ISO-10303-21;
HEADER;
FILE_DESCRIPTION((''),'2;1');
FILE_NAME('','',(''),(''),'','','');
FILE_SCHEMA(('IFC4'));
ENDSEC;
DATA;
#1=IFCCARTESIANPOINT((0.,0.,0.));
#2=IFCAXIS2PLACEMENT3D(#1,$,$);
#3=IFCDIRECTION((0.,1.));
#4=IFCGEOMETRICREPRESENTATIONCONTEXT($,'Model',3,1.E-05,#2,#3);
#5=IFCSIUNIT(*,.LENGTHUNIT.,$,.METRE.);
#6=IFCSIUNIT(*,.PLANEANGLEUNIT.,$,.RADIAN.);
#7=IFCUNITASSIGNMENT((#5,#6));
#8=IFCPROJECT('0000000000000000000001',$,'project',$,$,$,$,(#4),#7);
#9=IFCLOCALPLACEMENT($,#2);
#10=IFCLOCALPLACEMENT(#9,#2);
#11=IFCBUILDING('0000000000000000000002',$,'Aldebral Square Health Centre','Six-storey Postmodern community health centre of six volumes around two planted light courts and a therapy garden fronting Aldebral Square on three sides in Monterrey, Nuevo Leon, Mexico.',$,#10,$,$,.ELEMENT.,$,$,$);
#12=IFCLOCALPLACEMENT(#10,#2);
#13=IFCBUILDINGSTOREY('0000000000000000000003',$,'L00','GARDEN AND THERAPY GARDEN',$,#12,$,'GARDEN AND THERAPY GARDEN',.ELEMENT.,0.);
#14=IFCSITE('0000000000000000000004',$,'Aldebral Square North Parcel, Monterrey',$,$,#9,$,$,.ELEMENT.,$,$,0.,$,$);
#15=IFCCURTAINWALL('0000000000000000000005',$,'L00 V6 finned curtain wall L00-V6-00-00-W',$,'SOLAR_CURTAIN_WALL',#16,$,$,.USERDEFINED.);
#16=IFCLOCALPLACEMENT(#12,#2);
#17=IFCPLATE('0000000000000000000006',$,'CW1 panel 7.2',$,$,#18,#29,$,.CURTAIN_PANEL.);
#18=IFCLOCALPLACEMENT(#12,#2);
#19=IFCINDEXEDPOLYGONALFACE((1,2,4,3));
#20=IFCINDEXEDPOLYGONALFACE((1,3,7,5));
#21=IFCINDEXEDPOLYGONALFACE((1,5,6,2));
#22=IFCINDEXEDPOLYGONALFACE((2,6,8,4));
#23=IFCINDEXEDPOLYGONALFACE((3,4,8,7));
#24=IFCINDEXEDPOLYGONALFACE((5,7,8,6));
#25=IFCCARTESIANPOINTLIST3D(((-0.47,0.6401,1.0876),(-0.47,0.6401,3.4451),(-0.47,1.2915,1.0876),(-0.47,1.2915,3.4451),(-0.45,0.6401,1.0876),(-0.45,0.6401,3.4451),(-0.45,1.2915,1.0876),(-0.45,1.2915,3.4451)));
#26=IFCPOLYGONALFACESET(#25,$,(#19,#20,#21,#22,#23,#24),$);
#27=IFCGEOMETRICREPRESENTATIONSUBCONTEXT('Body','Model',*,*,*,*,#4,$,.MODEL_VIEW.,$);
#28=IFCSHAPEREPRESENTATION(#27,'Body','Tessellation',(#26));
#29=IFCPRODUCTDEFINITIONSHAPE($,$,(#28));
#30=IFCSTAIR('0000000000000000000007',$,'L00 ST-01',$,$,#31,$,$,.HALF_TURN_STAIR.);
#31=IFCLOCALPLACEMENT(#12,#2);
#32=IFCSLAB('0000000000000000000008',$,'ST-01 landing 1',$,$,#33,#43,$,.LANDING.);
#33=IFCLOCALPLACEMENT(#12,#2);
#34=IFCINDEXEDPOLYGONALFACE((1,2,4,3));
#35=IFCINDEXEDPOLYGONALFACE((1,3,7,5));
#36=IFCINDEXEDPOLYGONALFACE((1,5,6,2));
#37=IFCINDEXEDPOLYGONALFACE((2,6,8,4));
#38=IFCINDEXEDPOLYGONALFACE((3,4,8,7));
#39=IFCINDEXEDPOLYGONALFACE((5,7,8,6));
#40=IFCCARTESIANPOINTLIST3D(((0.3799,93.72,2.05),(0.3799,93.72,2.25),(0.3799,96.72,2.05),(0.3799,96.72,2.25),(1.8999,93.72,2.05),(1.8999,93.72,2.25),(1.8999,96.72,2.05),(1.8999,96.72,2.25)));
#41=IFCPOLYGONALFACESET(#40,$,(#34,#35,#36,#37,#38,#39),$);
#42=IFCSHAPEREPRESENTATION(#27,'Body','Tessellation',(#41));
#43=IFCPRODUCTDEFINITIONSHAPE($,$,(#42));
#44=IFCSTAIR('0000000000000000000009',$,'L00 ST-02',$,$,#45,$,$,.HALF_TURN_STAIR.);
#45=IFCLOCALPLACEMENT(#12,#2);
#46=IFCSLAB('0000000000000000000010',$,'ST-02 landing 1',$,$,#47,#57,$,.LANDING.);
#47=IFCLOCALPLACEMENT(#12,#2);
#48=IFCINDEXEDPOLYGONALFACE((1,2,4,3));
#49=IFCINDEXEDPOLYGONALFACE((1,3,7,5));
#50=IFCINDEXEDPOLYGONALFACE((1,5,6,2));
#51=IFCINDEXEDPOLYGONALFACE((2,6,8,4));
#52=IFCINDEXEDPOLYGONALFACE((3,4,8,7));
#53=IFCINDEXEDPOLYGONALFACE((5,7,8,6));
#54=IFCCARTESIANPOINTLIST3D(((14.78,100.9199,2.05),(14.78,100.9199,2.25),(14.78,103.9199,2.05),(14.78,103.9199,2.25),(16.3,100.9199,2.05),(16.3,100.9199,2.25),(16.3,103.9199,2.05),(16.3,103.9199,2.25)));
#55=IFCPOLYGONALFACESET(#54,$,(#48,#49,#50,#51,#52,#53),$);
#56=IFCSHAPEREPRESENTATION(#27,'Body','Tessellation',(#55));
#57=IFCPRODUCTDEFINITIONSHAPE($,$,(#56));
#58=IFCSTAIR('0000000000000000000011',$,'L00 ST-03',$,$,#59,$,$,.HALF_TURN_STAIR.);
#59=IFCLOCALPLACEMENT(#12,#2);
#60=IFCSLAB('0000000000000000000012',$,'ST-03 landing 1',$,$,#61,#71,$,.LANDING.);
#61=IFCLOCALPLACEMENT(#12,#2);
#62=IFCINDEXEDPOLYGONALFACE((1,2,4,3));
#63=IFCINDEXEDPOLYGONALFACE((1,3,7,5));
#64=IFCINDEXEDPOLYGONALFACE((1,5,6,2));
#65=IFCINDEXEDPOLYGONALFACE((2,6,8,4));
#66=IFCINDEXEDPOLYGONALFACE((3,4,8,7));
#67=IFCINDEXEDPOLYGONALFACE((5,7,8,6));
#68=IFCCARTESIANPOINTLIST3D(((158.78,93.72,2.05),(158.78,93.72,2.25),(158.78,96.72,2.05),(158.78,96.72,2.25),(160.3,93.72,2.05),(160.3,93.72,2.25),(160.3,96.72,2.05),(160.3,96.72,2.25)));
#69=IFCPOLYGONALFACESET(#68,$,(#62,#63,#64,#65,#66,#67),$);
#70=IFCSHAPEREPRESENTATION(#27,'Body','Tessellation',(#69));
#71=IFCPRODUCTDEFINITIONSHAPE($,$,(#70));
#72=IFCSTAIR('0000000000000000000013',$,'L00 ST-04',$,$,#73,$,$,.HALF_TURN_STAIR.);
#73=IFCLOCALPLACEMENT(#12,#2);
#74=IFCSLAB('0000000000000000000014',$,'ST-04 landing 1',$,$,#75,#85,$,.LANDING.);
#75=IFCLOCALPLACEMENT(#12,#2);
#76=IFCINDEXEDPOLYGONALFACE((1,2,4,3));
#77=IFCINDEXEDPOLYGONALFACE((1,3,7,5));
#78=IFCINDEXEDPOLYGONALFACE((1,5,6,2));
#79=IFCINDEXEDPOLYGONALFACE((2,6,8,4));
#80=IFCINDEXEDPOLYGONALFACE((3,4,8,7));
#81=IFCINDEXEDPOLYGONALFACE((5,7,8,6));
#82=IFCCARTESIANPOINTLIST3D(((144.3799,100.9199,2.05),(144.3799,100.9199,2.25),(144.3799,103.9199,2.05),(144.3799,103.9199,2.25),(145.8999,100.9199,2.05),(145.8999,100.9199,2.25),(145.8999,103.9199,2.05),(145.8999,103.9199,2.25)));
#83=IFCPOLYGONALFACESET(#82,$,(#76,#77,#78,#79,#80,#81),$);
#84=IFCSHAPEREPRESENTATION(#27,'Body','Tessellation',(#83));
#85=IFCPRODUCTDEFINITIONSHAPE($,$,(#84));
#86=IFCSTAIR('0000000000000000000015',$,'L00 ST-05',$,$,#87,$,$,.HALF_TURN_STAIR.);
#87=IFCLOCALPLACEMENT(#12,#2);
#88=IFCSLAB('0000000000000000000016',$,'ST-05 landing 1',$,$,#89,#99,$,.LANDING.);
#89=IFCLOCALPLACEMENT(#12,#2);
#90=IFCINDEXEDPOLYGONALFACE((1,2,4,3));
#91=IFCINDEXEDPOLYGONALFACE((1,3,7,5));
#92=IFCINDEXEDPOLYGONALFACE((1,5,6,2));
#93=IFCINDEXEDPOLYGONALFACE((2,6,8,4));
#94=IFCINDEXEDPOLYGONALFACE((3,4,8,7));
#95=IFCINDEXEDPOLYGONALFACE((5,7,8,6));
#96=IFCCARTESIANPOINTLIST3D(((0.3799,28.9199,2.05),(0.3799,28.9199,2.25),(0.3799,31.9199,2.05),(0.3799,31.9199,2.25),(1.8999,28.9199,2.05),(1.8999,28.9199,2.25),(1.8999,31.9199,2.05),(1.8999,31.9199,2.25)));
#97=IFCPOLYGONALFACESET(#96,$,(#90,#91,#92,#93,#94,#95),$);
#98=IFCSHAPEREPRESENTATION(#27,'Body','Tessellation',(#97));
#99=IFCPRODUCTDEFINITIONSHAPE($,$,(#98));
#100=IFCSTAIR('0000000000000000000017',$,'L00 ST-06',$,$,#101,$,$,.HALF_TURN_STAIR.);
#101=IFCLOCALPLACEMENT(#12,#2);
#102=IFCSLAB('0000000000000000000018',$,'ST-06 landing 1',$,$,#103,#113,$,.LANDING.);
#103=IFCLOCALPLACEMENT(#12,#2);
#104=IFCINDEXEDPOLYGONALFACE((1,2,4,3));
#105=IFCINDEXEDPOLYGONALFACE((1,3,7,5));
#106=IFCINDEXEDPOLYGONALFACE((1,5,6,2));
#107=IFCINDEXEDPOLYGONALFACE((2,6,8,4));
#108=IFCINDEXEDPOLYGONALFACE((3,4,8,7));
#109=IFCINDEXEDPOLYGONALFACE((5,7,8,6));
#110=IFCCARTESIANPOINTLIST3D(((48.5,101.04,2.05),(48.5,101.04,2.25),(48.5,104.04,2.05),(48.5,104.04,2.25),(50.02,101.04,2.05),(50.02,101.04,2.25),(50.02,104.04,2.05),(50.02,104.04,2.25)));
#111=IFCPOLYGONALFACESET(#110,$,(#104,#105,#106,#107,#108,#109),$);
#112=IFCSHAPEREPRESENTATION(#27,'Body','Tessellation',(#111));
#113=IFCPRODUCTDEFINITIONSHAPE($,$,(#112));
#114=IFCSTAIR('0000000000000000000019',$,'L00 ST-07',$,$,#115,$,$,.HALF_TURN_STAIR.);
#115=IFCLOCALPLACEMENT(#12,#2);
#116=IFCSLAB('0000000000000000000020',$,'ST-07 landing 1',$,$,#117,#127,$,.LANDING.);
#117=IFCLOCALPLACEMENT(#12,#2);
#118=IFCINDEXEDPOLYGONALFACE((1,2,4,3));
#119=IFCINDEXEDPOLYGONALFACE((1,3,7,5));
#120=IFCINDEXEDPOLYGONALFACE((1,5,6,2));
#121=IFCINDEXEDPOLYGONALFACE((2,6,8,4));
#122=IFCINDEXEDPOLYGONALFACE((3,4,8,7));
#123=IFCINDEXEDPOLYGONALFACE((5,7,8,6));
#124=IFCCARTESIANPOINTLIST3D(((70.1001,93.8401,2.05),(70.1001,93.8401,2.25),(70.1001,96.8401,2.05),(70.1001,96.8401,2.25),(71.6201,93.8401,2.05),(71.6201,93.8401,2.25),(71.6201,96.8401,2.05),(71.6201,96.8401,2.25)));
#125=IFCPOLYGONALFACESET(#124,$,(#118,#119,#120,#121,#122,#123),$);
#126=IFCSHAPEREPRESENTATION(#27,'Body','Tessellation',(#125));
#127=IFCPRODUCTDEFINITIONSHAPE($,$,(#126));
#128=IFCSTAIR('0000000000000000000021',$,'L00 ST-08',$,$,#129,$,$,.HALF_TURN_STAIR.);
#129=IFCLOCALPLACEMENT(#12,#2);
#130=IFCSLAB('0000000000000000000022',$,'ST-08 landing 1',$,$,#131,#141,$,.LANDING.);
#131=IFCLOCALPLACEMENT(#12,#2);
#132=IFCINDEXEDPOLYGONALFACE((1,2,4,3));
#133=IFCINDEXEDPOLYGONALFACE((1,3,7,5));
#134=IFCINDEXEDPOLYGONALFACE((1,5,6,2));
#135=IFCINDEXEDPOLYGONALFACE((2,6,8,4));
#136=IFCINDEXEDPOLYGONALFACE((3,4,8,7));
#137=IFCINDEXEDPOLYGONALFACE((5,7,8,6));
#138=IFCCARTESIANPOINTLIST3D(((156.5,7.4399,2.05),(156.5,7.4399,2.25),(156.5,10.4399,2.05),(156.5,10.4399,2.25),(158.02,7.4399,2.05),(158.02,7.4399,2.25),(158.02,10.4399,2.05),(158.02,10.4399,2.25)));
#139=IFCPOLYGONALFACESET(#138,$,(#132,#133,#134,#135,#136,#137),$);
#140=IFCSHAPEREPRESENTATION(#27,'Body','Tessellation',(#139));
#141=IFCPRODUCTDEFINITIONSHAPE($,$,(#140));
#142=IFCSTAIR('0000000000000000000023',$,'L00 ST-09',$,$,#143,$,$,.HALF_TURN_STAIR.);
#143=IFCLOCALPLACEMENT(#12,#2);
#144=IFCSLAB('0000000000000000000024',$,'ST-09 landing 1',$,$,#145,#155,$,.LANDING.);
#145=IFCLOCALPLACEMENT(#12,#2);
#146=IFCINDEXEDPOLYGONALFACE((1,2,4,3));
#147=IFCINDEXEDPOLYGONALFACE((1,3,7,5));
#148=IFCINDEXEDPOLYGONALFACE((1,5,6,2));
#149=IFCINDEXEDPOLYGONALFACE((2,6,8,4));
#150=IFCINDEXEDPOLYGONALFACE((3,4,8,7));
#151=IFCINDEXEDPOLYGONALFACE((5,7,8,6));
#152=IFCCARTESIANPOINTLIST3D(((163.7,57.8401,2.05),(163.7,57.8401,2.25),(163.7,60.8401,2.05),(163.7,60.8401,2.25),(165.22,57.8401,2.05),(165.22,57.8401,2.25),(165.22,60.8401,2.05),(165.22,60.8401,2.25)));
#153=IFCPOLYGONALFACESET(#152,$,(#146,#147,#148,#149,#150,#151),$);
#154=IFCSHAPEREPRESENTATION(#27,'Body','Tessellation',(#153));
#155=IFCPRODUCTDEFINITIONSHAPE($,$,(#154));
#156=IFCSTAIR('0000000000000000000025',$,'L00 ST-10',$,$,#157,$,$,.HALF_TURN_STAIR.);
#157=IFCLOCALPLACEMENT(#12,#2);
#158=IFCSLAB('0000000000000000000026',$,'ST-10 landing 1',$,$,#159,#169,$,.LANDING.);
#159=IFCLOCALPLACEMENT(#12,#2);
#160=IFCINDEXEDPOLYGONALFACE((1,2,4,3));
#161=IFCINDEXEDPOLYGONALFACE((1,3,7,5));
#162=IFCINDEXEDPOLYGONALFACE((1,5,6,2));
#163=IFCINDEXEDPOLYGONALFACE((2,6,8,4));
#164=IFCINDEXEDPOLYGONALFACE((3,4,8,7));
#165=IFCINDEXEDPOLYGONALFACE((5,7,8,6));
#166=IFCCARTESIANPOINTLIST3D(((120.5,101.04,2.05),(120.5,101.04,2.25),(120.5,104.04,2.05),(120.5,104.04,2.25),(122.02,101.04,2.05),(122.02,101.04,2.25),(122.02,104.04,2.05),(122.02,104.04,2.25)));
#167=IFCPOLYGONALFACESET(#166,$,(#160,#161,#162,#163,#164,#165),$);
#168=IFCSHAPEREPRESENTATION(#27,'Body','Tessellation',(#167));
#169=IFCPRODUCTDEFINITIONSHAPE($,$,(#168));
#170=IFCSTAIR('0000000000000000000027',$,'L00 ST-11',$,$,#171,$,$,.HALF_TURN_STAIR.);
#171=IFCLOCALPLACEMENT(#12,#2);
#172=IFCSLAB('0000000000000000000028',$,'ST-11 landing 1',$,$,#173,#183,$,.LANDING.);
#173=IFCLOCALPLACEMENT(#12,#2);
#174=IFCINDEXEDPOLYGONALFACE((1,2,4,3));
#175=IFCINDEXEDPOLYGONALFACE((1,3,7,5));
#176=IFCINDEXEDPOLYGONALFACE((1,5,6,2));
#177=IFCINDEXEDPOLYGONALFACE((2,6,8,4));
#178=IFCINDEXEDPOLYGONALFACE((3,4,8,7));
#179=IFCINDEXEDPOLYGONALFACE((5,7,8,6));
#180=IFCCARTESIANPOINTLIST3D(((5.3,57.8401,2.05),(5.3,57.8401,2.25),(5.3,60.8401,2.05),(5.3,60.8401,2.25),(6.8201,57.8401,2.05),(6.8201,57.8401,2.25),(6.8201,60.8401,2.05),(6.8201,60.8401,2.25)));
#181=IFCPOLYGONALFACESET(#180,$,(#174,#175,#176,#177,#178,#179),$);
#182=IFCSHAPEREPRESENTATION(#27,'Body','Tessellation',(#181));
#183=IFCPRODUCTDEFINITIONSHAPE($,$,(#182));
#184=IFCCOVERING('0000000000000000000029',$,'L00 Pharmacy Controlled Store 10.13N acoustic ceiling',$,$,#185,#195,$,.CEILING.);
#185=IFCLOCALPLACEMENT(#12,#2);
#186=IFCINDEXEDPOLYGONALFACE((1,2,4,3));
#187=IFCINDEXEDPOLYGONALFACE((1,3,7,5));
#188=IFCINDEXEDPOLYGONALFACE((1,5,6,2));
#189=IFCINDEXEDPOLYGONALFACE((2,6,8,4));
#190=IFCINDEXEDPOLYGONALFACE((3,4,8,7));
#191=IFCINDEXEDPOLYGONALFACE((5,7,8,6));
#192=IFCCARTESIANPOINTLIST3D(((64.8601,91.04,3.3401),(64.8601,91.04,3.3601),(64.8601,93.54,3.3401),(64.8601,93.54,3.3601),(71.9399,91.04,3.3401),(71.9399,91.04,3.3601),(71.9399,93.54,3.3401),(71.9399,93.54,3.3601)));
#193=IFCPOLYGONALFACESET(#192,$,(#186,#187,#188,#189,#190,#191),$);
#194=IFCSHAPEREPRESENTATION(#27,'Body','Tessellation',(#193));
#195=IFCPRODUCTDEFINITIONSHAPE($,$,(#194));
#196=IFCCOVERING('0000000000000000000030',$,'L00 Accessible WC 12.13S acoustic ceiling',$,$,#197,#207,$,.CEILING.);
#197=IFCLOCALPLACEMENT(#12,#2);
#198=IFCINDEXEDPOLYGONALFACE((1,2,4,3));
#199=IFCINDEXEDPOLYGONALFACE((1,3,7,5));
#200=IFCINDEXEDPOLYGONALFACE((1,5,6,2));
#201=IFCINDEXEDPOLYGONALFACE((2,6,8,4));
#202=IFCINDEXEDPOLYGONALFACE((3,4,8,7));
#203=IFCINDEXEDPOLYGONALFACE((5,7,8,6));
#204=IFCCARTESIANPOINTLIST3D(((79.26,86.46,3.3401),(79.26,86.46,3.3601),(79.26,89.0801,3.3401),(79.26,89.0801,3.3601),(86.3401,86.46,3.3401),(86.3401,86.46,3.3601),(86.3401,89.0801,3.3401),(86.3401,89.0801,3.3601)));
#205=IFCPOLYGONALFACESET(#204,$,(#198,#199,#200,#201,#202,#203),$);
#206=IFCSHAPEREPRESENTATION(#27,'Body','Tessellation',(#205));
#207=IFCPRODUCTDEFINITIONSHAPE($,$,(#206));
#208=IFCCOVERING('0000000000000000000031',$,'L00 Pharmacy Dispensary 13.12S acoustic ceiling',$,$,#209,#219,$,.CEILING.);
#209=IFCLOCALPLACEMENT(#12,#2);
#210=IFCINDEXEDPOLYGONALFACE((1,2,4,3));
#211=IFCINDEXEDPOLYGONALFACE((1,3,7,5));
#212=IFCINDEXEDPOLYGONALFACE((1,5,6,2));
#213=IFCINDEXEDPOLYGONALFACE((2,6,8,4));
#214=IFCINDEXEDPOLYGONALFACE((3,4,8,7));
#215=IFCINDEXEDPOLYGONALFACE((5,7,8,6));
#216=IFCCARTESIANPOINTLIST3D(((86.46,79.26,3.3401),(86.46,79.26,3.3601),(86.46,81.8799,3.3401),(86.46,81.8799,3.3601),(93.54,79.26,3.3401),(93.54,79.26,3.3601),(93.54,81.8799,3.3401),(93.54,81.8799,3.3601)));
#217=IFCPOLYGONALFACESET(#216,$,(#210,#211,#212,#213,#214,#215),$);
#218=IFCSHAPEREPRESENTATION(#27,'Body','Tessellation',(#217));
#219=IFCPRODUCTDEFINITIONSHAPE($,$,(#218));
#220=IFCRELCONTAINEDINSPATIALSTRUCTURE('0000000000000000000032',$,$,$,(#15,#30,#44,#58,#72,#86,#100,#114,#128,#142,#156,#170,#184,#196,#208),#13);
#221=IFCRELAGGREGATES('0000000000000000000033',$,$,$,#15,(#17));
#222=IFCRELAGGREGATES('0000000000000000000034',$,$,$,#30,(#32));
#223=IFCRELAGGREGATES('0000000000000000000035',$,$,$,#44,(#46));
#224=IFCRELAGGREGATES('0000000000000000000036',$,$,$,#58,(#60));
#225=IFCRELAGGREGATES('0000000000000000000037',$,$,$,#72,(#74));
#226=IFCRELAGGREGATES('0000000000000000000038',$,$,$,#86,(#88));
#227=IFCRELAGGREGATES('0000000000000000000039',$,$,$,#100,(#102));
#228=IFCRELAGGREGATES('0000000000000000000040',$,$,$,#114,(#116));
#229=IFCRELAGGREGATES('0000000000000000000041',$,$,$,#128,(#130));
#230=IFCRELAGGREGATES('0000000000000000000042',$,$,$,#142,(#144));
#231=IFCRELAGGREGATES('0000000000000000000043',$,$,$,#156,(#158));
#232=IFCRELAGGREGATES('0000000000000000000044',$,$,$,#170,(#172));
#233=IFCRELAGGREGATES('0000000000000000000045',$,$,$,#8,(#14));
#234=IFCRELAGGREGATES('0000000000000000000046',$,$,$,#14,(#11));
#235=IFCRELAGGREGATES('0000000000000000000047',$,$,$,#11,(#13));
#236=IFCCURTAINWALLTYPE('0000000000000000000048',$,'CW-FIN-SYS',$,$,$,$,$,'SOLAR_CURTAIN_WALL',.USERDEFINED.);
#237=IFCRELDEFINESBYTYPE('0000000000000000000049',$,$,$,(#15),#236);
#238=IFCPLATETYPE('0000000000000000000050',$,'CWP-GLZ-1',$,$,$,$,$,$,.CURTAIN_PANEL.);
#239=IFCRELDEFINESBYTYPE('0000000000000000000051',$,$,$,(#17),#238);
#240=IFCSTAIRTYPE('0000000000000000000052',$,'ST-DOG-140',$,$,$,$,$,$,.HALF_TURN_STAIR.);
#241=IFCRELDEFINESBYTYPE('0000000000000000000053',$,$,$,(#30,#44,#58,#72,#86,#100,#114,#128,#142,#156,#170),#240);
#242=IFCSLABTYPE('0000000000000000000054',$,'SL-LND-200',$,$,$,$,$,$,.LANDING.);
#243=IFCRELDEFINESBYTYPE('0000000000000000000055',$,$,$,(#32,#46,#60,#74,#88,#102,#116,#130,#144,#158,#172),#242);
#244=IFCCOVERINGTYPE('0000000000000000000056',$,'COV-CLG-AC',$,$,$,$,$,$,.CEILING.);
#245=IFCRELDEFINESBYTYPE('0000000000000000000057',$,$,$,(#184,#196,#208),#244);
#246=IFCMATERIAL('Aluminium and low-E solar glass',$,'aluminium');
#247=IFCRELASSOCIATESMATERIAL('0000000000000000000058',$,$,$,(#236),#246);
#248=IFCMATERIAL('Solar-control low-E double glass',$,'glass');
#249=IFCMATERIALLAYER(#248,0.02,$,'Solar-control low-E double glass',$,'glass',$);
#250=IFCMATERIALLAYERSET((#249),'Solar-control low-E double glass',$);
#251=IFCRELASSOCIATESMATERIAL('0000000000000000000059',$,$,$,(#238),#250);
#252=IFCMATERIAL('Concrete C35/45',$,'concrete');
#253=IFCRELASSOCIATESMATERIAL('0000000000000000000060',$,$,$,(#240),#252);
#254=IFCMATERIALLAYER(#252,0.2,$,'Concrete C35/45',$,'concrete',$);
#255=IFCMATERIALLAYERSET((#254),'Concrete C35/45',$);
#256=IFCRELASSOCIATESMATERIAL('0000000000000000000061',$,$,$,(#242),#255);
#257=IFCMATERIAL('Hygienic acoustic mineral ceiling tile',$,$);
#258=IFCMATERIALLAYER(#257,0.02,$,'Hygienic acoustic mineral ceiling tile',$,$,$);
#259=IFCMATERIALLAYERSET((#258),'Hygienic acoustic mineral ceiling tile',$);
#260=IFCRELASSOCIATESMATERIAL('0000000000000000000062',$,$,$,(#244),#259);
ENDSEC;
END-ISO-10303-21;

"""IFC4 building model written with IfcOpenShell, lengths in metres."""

from ifc_helpers import new_model, si_unit, direction, frame, origin, origin_2d, place, context, subcontext, project, spatial, polyline, rectangle, outline, extrude, material, layer, layer_set, type_object, element, aggregate, save


model = new_model("IFC4")

# Units and contexts
model_context = context("Model", 3, precision=1e-05, world=origin(), true_north=direction((0.0, 1.0)))
body_context = subcontext(model_context, "Body", "Model", "MODEL_VIEW")
ifc_project = project(units=[si_unit("LENGTHUNIT", "METRE"), si_unit("PLANEANGLEUNIT", "RADIAN")], contexts=[model_context])

# Site, building, storey
site_placement = place(None, origin())
site = spatial("IfcSite", under=ifc_project, at=site_placement, Name="Aldebral Square North Parcel, Monterrey", CompositionType="ELEMENT", RefElevation=0.0)
building_placement = place(site_placement, origin())
building = spatial("IfcBuilding", under=site, at=building_placement, Name="Aldebral Square Health Centre", Description="Six-storey Postmodern community health centre of six volumes around two planted light courts and a therapy garden fronting Aldebral Square on three sides in Monterrey, Nuevo Leon, Mexico.", CompositionType="ELEMENT")
storey_placement = place(building_placement, origin())
storey = spatial("IfcBuildingStorey", under=building, at=storey_placement, Name="L00", Description="GARDEN AND THERAPY GARDEN", LongName="GARDEN AND THERAPY GARDEN", CompositionType="ELEMENT", Elevation=0.0)

# Curtain wall, plate
ifc_material_1 = material(Name="Aluminium and low-E solar glass", Category="aluminium")
curtain_wall_type = type_object("IfcCurtainWallType", Name="CW-FIN-SYS", ElementType="SOLAR_CURTAIN_WALL", PredefinedType="USERDEFINED", material=ifc_material_1)
curtain_wall_placement = place(storey_placement, origin())
curtain_wall = element("IfcCurtainWall", 1, at=curtain_wall_placement, inside=storey, type_object=curtain_wall_type, Name="L00 V6 finned curtain wall L00-V6-00-00-W", ObjectType="SOLAR_CURTAIN_WALL", PredefinedType="USERDEFINED")
ifc_material_2 = material(Name="Solar-control low-E double glass", Category="glass")
ifc_layer_1 = layer(ifc_material_2, 0.02, Name="Solar-control low-E double glass", Category="glass")
ifc_layer_set_1 = layer_set([ifc_layer_1], Name="Solar-control low-E double glass")
plate_type = type_object("IfcPlateType", Name="CWP-GLZ-1", PredefinedType="CURTAIN_PANEL", material=ifc_layer_set_1)
plate_1_placement = place(storey_placement, frame((-0.46, 0.9658, 1.0876), z_axis=(0.0, 0.0, 1.0), x_axis=(0.0, -1.0, 0.0)))
plate_1 = element("IfcPlate", 2, at=plate_1_placement, type_object=plate_type, Name="CW1 panel 7.2", PredefinedType="CURTAIN_PANEL", context=body_context, shape_type="SweptSolid", body=[
    extrude(rectangle(XDim=0.6514, YDim=0.02, at=origin_2d()), origin(), (0.0, 0.0, 1.0), 2.3574),
])
aggregate(curtain_wall, [plate_1])

# Stairs, slabs
ifc_material_3 = material(Name="Concrete C35/45", Category="concrete")
stair_type = type_object("IfcStairType", Name="ST-DOG-140", PredefinedType="HALF_TURN_STAIR", material=ifc_material_3)
stair_1_placement = place(storey_placement, origin())
stair_1 = element("IfcStair", 3, at=stair_1_placement, inside=storey, type_object=stair_type, Name="L00 ST-01", PredefinedType="HALF_TURN_STAIR")
ifc_layer_2 = layer(ifc_material_3, 0.2, Name="Concrete C35/45", Category="concrete")
ifc_layer_set_2 = layer_set([ifc_layer_2], Name="Concrete C35/45")
slab_type = type_object("IfcSlabType", Name="SL-LND-200", PredefinedType="LANDING", material=ifc_layer_set_2)
slab_1_placement = place(storey_placement, frame((0.0, 0.0, 2.05)))
slab_1 = element("IfcSlab", 4, at=slab_1_placement, type_object=slab_type, Name="ST-01 landing 1", PredefinedType="LANDING", context=body_context, shape_type="SweptSolid", body=[
    extrude(outline(polyline([(1.8999, 96.72), (0.3799, 96.72), (0.3799, 93.72), (1.8999, 93.72), (1.8999, 96.72)])), origin(), (0.0, 0.0, 1.0), 0.2),
])
aggregate(stair_1, [slab_1])
stair_2_placement = place(storey_placement, origin())
stair_2 = element("IfcStair", 5, at=stair_2_placement, inside=storey, type_object=stair_type, Name="L00 ST-02", PredefinedType="HALF_TURN_STAIR")
slab_2_placement = place(storey_placement, frame((0.0, 0.0, 2.05)))
slab_2 = element("IfcSlab", 6, at=slab_2_placement, type_object=slab_type, Name="ST-02 landing 1", PredefinedType="LANDING", context=body_context, shape_type="SweptSolid", body=[
    extrude(outline(polyline([(16.3, 103.9199), (14.78, 103.9199), (14.78, 100.9199), (16.3, 100.9199), (16.3, 103.9199)])), origin(), (0.0, 0.0, 1.0), 0.2),
])
aggregate(stair_2, [slab_2])
stair_3_placement = place(storey_placement, origin())
stair_3 = element("IfcStair", 7, at=stair_3_placement, inside=storey, type_object=stair_type, Name="L00 ST-03", PredefinedType="HALF_TURN_STAIR")
slab_3_placement = place(storey_placement, frame((0.0, 0.0, 2.05)))
slab_3 = element("IfcSlab", 8, at=slab_3_placement, type_object=slab_type, Name="ST-03 landing 1", PredefinedType="LANDING", context=body_context, shape_type="SweptSolid", body=[
    extrude(outline(polyline([(160.3, 96.72), (158.78, 96.72), (158.78, 93.72), (160.3, 93.72), (160.3, 96.72)])), origin(), (0.0, 0.0, 1.0), 0.2),
])
aggregate(stair_3, [slab_3])
stair_4_placement = place(storey_placement, origin())
stair_4 = element("IfcStair", 9, at=stair_4_placement, inside=storey, type_object=stair_type, Name="L00 ST-04", PredefinedType="HALF_TURN_STAIR")
slab_4_placement = place(storey_placement, frame((0.0, 0.0, 2.05)))
slab_4 = element("IfcSlab", 10, at=slab_4_placement, type_object=slab_type, Name="ST-04 landing 1", PredefinedType="LANDING", context=body_context, shape_type="SweptSolid", body=[
    extrude(outline(polyline([(145.8999, 103.9199), (144.3799, 103.9199), (144.3799, 100.9199), (145.8999, 100.9199), (145.8999, 103.9199)])), origin(), (0.0, 0.0, 1.0), 0.2),
])
aggregate(stair_4, [slab_4])
stair_5_placement = place(storey_placement, origin())
stair_5 = element("IfcStair", 11, at=stair_5_placement, inside=storey, type_object=stair_type, Name="L00 ST-05", PredefinedType="HALF_TURN_STAIR")
slab_5_placement = place(storey_placement, frame((0.0, 0.0, 2.05)))
slab_5 = element("IfcSlab", 12, at=slab_5_placement, type_object=slab_type, Name="ST-05 landing 1", PredefinedType="LANDING", context=body_context, shape_type="SweptSolid", body=[
    extrude(outline(polyline([(1.8999, 31.9199), (0.3799, 31.9199), (0.3799, 28.9199), (1.8999, 28.9199), (1.8999, 31.9199)])), origin(), (0.0, 0.0, 1.0), 0.2),
])
aggregate(stair_5, [slab_5])
stair_6_placement = place(storey_placement, origin())
stair_6 = element("IfcStair", 13, at=stair_6_placement, inside=storey, type_object=stair_type, Name="L00 ST-06", PredefinedType="HALF_TURN_STAIR")
slab_6_placement = place(storey_placement, frame((0.0, 0.0, 2.05)))
slab_6 = element("IfcSlab", 14, at=slab_6_placement, type_object=slab_type, Name="ST-06 landing 1", PredefinedType="LANDING", context=body_context, shape_type="SweptSolid", body=[
    extrude(outline(polyline([(48.5, 101.04), (50.02, 101.04), (50.02, 104.04), (48.5, 104.04), (48.5, 101.04)])), origin(), (0.0, 0.0, 1.0), 0.2),
])
aggregate(stair_6, [slab_6])
stair_7_placement = place(storey_placement, origin())
stair_7 = element("IfcStair", 15, at=stair_7_placement, inside=storey, type_object=stair_type, Name="L00 ST-07", PredefinedType="HALF_TURN_STAIR")
slab_7_placement = place(storey_placement, frame((0.0, 0.0, 2.05)))
slab_7 = element("IfcSlab", 16, at=slab_7_placement, type_object=slab_type, Name="ST-07 landing 1", PredefinedType="LANDING", context=body_context, shape_type="SweptSolid", body=[
    extrude(outline(polyline([(70.1001, 93.8401), (71.6201, 93.8401), (71.6201, 96.8401), (70.1001, 96.8401), (70.1001, 93.8401)])), origin(), (0.0, 0.0, 1.0), 0.2),
])
aggregate(stair_7, [slab_7])
stair_8_placement = place(storey_placement, origin())
stair_8 = element("IfcStair", 17, at=stair_8_placement, inside=storey, type_object=stair_type, Name="L00 ST-08", PredefinedType="HALF_TURN_STAIR")
slab_8_placement = place(storey_placement, frame((0.0, 0.0, 2.05)))
slab_8 = element("IfcSlab", 18, at=slab_8_placement, type_object=slab_type, Name="ST-08 landing 1", PredefinedType="LANDING", context=body_context, shape_type="SweptSolid", body=[
    extrude(outline(polyline([(156.5, 7.4399), (158.02, 7.4399), (158.02, 10.4399), (156.5, 10.4399), (156.5, 7.4399)])), origin(), (0.0, 0.0, 1.0), 0.2),
])
aggregate(stair_8, [slab_8])
stair_9_placement = place(storey_placement, origin())
stair_9 = element("IfcStair", 19, at=stair_9_placement, inside=storey, type_object=stair_type, Name="L00 ST-09", PredefinedType="HALF_TURN_STAIR")
slab_9_placement = place(storey_placement, frame((0.0, 0.0, 2.05)))
slab_9 = element("IfcSlab", 20, at=slab_9_placement, type_object=slab_type, Name="ST-09 landing 1", PredefinedType="LANDING", context=body_context, shape_type="SweptSolid", body=[
    extrude(outline(polyline([(163.7, 57.8401), (165.22, 57.8401), (165.22, 60.8401), (163.7, 60.8401), (163.7, 57.8401)])), origin(), (0.0, 0.0, 1.0), 0.2),
])
aggregate(stair_9, [slab_9])
stair_10_placement = place(storey_placement, origin())
stair_10 = element("IfcStair", 21, at=stair_10_placement, inside=storey, type_object=stair_type, Name="L00 ST-10", PredefinedType="HALF_TURN_STAIR")
slab_10_placement = place(storey_placement, frame((0.0, 0.0, 2.05)))
slab_10 = element("IfcSlab", 22, at=slab_10_placement, type_object=slab_type, Name="ST-10 landing 1", PredefinedType="LANDING", context=body_context, shape_type="SweptSolid", body=[
    extrude(outline(polyline([(120.5, 101.04), (122.02, 101.04), (122.02, 104.04), (120.5, 104.04), (120.5, 101.04)])), origin(), (0.0, 0.0, 1.0), 0.2),
])
aggregate(stair_10, [slab_10])
stair_11_placement = place(storey_placement, origin())
stair_11 = element("IfcStair", 23, at=stair_11_placement, inside=storey, type_object=stair_type, Name="L00 ST-11", PredefinedType="HALF_TURN_STAIR")
slab_11_placement = place(storey_placement, frame((0.0, 0.0, 2.05)))
slab_11 = element("IfcSlab", 24, at=slab_11_placement, type_object=slab_type, Name="ST-11 landing 1", PredefinedType="LANDING", context=body_context, shape_type="SweptSolid", body=[
    extrude(outline(polyline([(5.3, 57.8401), (6.8201, 57.8401), (6.8201, 60.8401), (5.3, 60.8401), (5.3, 57.8401)])), origin(), (0.0, 0.0, 1.0), 0.2),
])
aggregate(stair_11, [slab_11])

# Coverings
ifc_material_4 = material(Name="Hygienic acoustic mineral ceiling tile")
ifc_layer_3 = layer(ifc_material_4, 0.02, Name="Hygienic acoustic mineral ceiling tile")
ifc_layer_set_3 = layer_set([ifc_layer_3], Name="Hygienic acoustic mineral ceiling tile")
covering_type = type_object("IfcCoveringType", Name="COV-CLG-AC", PredefinedType="CEILING", material=ifc_layer_set_3)
covering_1_placement = place(storey_placement, frame((0.0, 0.0, 3.3401)))
element("IfcCovering", 25, at=covering_1_placement, inside=storey, type_object=covering_type, Name="L00 Pharmacy Controlled Store 10.13N acoustic ceiling", PredefinedType="CEILING", context=body_context, shape_type="SweptSolid", body=[
    extrude(outline(polyline([(64.8601, 91.04), (71.9399, 91.04), (71.9399, 93.54), (64.8601, 93.54), (64.8601, 91.04)])), origin(), (0.0, 0.0, 1.0), 0.02),
])
covering_2_placement = place(storey_placement, frame((0.0, 0.0, 3.3401)))
element("IfcCovering", 26, at=covering_2_placement, inside=storey, type_object=covering_type, Name="L00 Accessible WC 12.13S acoustic ceiling", PredefinedType="CEILING", context=body_context, shape_type="SweptSolid", body=[
    extrude(outline(polyline([(79.26, 86.46), (86.3401, 86.46), (86.3401, 89.0801), (79.26, 89.0801), (79.26, 86.46)])), origin(), (0.0, 0.0, 1.0), 0.02),
])
covering_3_placement = place(storey_placement, frame((0.0, 0.0, 3.3401)))
element("IfcCovering", 27, at=covering_3_placement, inside=storey, type_object=covering_type, Name="L00 Pharmacy Dispensary 13.12S acoustic ceiling", PredefinedType="CEILING", context=body_context, shape_type="SweptSolid", body=[
    extrude(outline(polyline([(86.46, 79.26), (93.54, 79.26), (93.54, 81.8799), (86.46, 81.8799), (86.46, 79.26)])), origin(), (0.0, 0.0, 1.0), 0.02),
])

save(model, "model.ifc")
